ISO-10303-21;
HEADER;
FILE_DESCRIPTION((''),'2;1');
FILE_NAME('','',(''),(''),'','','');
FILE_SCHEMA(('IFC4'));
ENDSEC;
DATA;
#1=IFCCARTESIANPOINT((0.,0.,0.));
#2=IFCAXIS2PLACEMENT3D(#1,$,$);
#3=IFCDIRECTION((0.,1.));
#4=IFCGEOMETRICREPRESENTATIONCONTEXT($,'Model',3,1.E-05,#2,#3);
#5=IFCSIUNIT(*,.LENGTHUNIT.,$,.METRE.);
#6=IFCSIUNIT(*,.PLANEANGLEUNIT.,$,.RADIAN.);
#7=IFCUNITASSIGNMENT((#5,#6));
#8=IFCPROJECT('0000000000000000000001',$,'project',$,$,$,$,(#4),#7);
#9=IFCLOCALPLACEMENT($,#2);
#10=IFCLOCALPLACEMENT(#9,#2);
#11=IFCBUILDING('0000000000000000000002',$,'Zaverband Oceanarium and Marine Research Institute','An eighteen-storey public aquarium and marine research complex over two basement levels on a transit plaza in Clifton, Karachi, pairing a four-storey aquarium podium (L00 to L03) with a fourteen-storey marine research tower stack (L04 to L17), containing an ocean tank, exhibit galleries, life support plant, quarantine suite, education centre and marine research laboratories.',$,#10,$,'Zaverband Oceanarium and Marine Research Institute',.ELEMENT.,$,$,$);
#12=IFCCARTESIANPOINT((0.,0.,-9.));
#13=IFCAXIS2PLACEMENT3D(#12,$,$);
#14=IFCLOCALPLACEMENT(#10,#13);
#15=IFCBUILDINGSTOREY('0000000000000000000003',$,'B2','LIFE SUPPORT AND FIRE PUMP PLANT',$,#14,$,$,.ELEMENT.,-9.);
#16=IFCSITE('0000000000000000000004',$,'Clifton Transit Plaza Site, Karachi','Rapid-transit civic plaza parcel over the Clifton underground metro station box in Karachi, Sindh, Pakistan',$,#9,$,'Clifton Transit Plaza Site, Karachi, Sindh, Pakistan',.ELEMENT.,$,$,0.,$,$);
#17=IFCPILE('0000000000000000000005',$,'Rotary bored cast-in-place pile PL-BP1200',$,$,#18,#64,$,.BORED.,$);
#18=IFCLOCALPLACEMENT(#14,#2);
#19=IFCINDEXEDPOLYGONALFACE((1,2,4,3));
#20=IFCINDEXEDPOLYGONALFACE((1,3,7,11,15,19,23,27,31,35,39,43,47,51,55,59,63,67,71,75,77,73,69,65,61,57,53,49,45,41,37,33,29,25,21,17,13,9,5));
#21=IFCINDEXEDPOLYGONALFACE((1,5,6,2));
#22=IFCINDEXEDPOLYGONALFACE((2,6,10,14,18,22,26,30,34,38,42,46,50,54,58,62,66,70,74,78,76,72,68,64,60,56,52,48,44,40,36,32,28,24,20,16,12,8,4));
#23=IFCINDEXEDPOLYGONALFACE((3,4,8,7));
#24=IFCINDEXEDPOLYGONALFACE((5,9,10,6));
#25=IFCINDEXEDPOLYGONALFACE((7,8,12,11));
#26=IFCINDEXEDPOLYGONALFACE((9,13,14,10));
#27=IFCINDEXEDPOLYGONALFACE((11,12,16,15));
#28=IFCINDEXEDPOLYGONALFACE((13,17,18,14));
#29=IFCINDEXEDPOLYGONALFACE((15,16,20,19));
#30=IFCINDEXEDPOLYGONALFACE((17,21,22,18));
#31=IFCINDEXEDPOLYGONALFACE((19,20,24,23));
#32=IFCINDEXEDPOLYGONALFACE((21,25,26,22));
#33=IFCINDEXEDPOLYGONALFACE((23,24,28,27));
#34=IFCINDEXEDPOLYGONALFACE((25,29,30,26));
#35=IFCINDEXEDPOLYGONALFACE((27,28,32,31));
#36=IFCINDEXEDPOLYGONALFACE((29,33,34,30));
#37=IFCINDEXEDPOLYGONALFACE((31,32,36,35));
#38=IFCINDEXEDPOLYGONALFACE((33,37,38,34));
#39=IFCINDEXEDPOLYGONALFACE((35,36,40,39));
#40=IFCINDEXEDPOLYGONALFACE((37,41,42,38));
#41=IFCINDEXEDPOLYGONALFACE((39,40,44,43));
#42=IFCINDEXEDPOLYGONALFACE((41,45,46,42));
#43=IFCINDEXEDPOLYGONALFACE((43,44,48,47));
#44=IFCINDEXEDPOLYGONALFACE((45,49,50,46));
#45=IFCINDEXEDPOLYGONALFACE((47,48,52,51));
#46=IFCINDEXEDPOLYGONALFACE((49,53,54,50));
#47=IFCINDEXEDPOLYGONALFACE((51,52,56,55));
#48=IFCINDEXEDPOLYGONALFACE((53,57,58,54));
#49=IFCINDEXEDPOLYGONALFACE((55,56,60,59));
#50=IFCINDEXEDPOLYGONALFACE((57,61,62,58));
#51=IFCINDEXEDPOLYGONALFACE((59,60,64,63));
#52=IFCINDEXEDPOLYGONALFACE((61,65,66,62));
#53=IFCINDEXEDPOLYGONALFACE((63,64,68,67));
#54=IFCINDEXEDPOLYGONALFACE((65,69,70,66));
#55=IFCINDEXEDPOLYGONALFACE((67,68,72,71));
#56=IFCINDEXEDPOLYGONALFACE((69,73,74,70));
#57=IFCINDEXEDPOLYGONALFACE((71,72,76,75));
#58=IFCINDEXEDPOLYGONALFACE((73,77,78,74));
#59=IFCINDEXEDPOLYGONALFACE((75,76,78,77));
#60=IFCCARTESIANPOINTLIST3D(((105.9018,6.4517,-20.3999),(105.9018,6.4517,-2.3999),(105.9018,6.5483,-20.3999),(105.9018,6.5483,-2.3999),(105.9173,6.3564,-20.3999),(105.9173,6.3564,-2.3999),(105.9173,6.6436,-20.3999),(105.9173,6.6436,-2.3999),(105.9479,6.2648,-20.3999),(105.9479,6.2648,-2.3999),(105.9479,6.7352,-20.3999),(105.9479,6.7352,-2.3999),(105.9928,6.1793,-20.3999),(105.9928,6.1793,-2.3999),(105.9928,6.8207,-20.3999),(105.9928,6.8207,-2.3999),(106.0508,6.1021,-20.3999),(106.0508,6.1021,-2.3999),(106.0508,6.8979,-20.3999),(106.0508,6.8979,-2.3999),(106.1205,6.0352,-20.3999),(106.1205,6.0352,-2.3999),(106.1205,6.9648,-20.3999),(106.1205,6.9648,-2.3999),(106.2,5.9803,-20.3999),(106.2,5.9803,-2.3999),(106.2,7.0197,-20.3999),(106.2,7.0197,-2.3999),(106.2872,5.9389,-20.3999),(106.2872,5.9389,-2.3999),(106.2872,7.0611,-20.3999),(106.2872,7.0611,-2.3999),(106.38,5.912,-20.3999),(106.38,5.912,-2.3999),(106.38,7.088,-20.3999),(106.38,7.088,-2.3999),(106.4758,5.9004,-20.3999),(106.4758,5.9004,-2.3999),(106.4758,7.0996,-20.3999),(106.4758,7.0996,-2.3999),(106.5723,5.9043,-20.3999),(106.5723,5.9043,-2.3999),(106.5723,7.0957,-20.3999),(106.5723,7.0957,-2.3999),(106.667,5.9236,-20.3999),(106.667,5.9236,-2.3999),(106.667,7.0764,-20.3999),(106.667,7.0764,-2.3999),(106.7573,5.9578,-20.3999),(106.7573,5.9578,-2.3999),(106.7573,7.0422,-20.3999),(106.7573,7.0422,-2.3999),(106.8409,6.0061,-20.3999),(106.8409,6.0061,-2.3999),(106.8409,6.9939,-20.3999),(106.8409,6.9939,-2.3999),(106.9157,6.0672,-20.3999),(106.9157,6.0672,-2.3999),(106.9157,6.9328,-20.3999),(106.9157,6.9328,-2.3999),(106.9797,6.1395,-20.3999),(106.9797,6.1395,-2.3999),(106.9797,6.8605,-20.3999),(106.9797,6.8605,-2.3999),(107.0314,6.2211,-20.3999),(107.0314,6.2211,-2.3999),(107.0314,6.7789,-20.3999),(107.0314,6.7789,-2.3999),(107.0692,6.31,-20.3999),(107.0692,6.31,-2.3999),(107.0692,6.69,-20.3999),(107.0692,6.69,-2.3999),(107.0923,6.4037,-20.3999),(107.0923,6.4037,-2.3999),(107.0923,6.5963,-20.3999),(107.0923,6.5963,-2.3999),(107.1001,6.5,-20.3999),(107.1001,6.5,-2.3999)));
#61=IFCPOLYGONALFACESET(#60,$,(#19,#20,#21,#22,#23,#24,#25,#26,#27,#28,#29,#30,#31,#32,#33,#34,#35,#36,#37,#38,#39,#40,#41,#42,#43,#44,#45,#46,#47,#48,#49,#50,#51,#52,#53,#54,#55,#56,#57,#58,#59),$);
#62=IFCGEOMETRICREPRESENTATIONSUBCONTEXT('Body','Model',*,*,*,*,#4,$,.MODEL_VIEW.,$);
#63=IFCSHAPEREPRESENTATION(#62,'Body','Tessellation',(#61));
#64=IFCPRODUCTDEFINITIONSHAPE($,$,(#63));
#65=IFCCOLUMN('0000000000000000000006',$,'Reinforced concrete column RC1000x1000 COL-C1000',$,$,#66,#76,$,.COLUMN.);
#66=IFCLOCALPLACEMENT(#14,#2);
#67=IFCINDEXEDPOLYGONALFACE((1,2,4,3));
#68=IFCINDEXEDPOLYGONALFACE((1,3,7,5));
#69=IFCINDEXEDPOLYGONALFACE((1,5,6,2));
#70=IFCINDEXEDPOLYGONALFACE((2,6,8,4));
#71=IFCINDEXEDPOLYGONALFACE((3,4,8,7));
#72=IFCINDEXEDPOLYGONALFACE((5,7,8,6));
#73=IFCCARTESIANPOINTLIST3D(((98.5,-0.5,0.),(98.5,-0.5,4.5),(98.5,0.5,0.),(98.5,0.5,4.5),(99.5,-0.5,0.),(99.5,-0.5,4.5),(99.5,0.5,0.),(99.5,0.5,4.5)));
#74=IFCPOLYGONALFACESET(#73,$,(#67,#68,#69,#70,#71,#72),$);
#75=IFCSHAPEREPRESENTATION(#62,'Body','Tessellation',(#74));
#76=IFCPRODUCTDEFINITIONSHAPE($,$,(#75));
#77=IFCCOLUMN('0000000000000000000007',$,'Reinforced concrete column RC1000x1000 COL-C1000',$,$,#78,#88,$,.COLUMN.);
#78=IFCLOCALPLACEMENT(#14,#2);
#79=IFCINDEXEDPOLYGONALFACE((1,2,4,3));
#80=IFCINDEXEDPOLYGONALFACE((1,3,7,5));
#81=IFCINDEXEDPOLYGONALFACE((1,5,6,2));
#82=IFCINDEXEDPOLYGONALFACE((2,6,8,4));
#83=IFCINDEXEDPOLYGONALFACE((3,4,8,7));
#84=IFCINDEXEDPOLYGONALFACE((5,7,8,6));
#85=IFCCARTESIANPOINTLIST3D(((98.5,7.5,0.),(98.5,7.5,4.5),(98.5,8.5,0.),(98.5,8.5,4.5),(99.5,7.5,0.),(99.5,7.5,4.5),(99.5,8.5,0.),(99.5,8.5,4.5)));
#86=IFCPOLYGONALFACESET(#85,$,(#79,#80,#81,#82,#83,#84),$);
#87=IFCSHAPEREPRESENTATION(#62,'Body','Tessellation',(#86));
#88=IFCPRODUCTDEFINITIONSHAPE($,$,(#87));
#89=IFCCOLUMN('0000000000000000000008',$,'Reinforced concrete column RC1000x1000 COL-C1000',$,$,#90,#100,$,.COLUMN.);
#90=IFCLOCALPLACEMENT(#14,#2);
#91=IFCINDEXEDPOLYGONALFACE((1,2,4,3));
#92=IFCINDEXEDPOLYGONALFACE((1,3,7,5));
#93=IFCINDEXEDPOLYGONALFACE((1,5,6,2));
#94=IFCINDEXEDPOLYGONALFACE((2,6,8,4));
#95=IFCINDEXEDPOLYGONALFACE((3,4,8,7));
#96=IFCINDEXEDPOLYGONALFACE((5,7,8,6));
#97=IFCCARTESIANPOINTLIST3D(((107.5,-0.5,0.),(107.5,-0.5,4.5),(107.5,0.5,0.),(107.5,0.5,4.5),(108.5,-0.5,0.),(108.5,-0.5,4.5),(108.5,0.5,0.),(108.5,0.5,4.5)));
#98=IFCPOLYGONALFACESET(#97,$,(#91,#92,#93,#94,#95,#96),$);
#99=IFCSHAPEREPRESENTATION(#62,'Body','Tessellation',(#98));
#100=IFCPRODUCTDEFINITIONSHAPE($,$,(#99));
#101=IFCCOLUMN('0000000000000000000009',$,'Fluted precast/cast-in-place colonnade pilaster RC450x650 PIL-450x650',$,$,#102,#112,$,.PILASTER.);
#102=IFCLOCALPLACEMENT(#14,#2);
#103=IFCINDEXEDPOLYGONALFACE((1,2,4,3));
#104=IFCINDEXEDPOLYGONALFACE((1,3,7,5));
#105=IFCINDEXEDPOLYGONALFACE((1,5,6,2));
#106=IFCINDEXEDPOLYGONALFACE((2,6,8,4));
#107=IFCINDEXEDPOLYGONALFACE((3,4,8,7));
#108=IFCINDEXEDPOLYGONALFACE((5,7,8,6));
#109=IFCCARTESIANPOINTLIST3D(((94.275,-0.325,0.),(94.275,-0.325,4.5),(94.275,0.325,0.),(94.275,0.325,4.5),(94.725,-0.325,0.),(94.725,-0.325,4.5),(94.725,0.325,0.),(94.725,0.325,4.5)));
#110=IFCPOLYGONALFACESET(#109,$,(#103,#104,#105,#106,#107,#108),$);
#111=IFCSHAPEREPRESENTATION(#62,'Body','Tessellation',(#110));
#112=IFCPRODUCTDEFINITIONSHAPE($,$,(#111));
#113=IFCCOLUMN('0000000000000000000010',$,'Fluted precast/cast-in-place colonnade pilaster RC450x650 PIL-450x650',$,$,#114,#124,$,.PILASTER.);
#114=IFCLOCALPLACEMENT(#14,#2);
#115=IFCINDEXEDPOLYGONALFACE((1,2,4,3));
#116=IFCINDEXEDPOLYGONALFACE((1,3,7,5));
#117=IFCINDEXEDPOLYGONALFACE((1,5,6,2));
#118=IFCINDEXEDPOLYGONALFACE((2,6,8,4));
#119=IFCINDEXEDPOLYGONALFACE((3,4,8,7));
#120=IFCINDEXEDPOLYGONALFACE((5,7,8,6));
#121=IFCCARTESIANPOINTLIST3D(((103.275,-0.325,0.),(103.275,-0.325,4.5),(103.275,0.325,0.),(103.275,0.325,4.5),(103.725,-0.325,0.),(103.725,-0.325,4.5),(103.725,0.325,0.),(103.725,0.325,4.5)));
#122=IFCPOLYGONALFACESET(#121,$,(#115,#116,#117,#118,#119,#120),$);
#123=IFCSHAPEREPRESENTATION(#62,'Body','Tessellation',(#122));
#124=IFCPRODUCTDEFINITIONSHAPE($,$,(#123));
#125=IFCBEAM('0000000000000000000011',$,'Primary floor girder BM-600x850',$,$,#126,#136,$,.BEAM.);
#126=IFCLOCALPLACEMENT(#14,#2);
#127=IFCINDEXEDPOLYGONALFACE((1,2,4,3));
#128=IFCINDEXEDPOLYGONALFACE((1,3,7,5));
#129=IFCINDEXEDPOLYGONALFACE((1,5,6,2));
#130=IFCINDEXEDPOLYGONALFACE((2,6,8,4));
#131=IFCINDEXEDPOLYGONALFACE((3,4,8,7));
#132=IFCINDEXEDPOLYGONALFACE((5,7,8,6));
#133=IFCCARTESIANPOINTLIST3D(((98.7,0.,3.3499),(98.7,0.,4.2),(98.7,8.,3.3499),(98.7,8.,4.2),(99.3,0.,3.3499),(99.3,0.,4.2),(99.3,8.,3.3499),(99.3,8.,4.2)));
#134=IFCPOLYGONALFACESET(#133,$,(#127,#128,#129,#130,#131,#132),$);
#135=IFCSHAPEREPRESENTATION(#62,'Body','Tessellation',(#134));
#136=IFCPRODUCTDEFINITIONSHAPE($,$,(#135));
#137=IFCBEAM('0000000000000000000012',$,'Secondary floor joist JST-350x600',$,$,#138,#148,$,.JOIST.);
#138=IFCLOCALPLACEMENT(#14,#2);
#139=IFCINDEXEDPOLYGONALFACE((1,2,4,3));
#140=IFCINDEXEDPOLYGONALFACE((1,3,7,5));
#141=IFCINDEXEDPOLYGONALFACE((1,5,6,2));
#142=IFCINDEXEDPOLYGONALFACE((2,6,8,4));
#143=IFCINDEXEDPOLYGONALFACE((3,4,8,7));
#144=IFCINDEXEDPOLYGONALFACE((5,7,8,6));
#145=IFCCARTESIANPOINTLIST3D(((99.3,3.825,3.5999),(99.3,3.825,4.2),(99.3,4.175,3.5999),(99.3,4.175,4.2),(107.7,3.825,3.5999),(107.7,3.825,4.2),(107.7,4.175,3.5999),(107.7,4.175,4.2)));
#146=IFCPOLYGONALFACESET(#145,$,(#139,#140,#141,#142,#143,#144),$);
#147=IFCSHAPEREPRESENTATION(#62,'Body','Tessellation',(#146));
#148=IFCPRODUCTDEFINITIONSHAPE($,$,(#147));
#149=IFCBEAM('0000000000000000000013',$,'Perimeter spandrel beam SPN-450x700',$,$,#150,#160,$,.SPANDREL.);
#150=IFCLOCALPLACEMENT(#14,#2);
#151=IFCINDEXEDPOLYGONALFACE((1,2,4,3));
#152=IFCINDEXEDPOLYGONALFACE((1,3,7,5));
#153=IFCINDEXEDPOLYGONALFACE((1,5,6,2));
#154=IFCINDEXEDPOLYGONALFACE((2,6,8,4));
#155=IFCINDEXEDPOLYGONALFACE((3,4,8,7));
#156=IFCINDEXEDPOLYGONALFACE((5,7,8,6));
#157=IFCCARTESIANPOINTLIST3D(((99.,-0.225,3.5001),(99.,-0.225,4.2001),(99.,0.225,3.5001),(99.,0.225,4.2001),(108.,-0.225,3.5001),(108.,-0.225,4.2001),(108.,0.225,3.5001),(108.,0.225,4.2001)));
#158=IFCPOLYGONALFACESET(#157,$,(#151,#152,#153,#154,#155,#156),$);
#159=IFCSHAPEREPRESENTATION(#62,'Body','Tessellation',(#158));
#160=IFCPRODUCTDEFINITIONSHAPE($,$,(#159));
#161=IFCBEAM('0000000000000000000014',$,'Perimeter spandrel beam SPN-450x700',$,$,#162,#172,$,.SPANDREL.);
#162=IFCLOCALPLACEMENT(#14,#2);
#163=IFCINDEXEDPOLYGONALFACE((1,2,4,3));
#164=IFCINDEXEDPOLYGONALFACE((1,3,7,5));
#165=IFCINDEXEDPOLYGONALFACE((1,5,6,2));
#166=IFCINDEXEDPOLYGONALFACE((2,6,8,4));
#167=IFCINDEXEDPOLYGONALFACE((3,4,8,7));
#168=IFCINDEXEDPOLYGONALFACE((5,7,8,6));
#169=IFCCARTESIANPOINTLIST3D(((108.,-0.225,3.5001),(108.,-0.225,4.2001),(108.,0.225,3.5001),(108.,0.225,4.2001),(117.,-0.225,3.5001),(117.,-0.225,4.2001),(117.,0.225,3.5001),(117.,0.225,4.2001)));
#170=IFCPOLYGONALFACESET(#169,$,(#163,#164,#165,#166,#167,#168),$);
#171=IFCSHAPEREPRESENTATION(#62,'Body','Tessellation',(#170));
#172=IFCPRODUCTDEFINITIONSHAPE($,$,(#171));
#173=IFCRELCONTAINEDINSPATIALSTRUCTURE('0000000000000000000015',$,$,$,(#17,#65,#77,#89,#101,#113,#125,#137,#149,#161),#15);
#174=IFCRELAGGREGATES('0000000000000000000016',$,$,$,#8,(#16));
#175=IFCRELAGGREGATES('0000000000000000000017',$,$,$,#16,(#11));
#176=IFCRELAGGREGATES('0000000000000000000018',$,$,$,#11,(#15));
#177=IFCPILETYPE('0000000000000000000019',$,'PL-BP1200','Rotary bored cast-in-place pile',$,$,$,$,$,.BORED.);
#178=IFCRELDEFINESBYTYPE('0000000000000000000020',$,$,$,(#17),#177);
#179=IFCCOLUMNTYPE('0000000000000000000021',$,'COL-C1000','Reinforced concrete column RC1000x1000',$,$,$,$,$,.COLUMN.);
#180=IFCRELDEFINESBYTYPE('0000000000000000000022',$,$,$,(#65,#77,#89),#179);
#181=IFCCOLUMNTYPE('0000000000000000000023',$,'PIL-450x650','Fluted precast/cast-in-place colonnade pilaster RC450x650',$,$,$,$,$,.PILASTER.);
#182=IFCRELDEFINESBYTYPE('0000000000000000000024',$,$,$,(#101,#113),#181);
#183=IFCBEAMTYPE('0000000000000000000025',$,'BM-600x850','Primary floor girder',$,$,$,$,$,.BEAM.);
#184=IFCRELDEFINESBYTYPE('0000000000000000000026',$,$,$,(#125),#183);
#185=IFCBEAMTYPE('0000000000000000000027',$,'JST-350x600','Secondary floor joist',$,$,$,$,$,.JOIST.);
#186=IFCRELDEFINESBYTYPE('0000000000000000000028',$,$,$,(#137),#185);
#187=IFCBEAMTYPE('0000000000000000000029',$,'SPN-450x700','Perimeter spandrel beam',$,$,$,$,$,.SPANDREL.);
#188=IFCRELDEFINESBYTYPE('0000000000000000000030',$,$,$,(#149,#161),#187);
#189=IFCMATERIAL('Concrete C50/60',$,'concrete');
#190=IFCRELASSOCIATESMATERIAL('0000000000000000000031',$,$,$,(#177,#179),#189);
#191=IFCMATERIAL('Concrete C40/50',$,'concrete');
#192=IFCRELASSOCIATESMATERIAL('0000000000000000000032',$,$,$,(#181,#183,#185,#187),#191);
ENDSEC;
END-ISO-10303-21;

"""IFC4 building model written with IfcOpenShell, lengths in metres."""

from ifc_helpers import new_model, si_unit, direction, frame, origin, origin_2d, place, context, subcontext, project, spatial, rectangle, circle, extrude, material, material_profile, profile_set, type_object, element, save


model = new_model("IFC4")

# Units and contexts
model_context = context("Model", 3, precision=1e-05, world=origin(), true_north=direction((0.0, 1.0)))
body_context = subcontext(model_context, "Body", "Model", "MODEL_VIEW")
ifc_project = project(units=[si_unit("LENGTHUNIT", "METRE"), si_unit("PLANEANGLEUNIT", "RADIAN")], contexts=[model_context])

# Site, building, storey
site_placement = place(None, origin())
site = spatial("IfcSite", under=ifc_project, at=site_placement, Name="Clifton Transit Plaza Site, Karachi", Description="Rapid-transit civic plaza parcel over the Clifton underground metro station box in Karachi, Sindh, Pakistan", LongName="Clifton Transit Plaza Site, Karachi, Sindh, Pakistan", CompositionType="ELEMENT", RefElevation=0.0)
building_placement = place(site_placement, origin())
building = spatial("IfcBuilding", under=site, at=building_placement, Name="Zaverband Oceanarium and Marine Research Institute", Description="An eighteen-storey public aquarium and marine research complex over two basement levels on a transit plaza in Clifton, Karachi, pairing a four-storey aquarium podium (L00 to L03) with a fourteen-storey marine research tower stack (L04 to L17), containing an ocean tank, exhibit galleries, life support plant, quarantine suite, education centre and marine research laboratories.", LongName="Zaverband Oceanarium and Marine Research Institute", CompositionType="ELEMENT")
storey_placement = place(building_placement, frame((0.0, 0.0, -9.0)))
storey = spatial("IfcBuildingStorey", under=building, at=storey_placement, Name="B2", Description="LIFE SUPPORT AND FIRE PUMP PLANT", CompositionType="ELEMENT", Elevation=-9.0)

# Shared definitions
ifc_material_1 = material(Name="Concrete C50/60", Category="concrete")
ifc_material_2 = material(Name="Concrete C40/50", Category="concrete")

# Pile
ifc_material_profile_1 = material_profile(ifc_material_1, circle(Radius=0.6001, at=origin_2d()), Name="BP1200")
ifc_profile_set_1 = profile_set([ifc_material_profile_1], Name="Concrete C50/60")
pile_type_1 = type_object("IfcPileType", Name="PL-BP1200", Description="Rotary bored cast-in-place pile", PredefinedType="BORED", material=ifc_profile_set_1)
for number, where, z_axis, x_axis, name in (
    (1, (106.5, 6.5, -2.3999), (0.0, 0.0, -1.0), (1.0, 0.0, 0.0), "Rotary bored cast-in-place pile PL-BP1200"),
):
    element("IfcPile", number, at=place(storey_placement, frame(where, z_axis=z_axis, x_axis=x_axis)), inside=storey, type_object=pile_type_1, Name=name, PredefinedType="BORED", context=body_context, shape_type="SweptSolid", body=[
        extrude(circle(Radius=0.6001, at=origin_2d()), origin(), (0.0, 0.0, 1.0), 18.0),
    ])

# Columns
ifc_material_profile_2 = material_profile(ifc_material_1, rectangle(XDim=1.0, YDim=1.0, at=origin_2d()), Name="RC1000x1000")
ifc_profile_set_2 = profile_set([ifc_material_profile_2], Name="Concrete C50/60")
column_type_1 = type_object("IfcColumnType", Name="COL-C1000", Description="Reinforced concrete column RC1000x1000", PredefinedType="COLUMN", material=ifc_profile_set_2)
for number, where, z_axis, x_axis, name in (
    (2, (99.0, 0.0, 0.0), (0.0, 0.0, 1.0), (1.0, 0.0, 0.0), "Reinforced concrete column RC1000x1000 COL-C1000"),
    (3, (99.0, 8.0, 0.0), (0.0, 0.0, 1.0), (1.0, 0.0, 0.0), "Reinforced concrete column RC1000x1000 COL-C1000"),
    (4, (108.0, 0.0, 0.0), (0.0, 0.0, 1.0), (1.0, 0.0, 0.0), "Reinforced concrete column RC1000x1000 COL-C1000"),
):
    element("IfcColumn", number, at=place(storey_placement, frame(where, z_axis=z_axis, x_axis=x_axis)), inside=storey, type_object=column_type_1, Name=name, PredefinedType="COLUMN", context=body_context, shape_type="SweptSolid", body=[
        extrude(rectangle(XDim=1.0, YDim=1.0, at=origin_2d()), origin(), (0.0, 0.0, 1.0), 4.5),
    ])
ifc_material_profile_3 = material_profile(ifc_material_2, rectangle(XDim=0.45, YDim=0.6499, at=origin_2d()), Name="RC450x650")
ifc_profile_set_3 = profile_set([ifc_material_profile_3], Name="Concrete C40/50")
column_type_2 = type_object("IfcColumnType", Name="PIL-450x650", Description="Fluted precast/cast-in-place colonnade pilaster RC450x650", PredefinedType="PILASTER", material=ifc_profile_set_3)
for number, where, z_axis, x_axis, name in (
    (5, (94.5, 0.0, 0.0), (0.0, 0.0, 1.0), (1.0, 0.0, 0.0), "Fluted precast/cast-in-place colonnade pilaster RC450x650 PIL-450x650"),
    (6, (103.5, 0.0, 0.0), (0.0, 0.0, 1.0), (1.0, 0.0, 0.0), "Fluted precast/cast-in-place colonnade pilaster RC450x650 PIL-450x650"),
):
    element("IfcColumn", number, at=place(storey_placement, frame(where, z_axis=z_axis, x_axis=x_axis)), inside=storey, type_object=column_type_2, Name=name, PredefinedType="PILASTER", context=body_context, shape_type="SweptSolid", body=[
        extrude(rectangle(XDim=0.45, YDim=0.6499, at=origin_2d()), origin(), (0.0, 0.0, 1.0), 4.5),
    ])

# Beams
ifc_material_profile_4 = material_profile(ifc_material_2, rectangle(XDim=0.6001, YDim=0.8501, at=origin_2d()), Name="RC600x850")
ifc_profile_set_4 = profile_set([ifc_material_profile_4], Name="Concrete C40/50")
beam_type_1 = type_object("IfcBeamType", Name="BM-600x850", Description="Primary floor girder", PredefinedType="BEAM", material=ifc_profile_set_4)
beam_1_placement = place(storey_placement, frame((99.0, 0.0, 3.7749), z_axis=(0.0, 1.0, 0.0), x_axis=(-1.0, 0.0, 0.0)))
element("IfcBeam", 7, at=beam_1_placement, inside=storey, type_object=beam_type_1, Name="Primary floor girder BM-600x850", PredefinedType="BEAM", context=body_context, shape_type="SweptSolid", body=[
    extrude(rectangle(XDim=0.6001, YDim=0.8501, at=origin_2d()), origin(), (0.0, 0.0, 1.0), 8.0),
])
ifc_material_profile_5 = material_profile(ifc_material_2, rectangle(XDim=0.3501, YDim=0.6001, at=origin_2d()), Name="RC350x600")
ifc_profile_set_5 = profile_set([ifc_material_profile_5], Name="Concrete C40/50")
beam_type_2 = type_object("IfcBeamType", Name="JST-350x600", Description="Secondary floor joist", PredefinedType="JOIST", material=ifc_profile_set_5)
beam_2_placement = place(storey_placement, frame((99.3, 4.0, 3.8999), z_axis=(1.0, 0.0, 0.0), x_axis=(0.0, 1.0, 0.0)))
element("IfcBeam", 8, at=beam_2_placement, inside=storey, type_object=beam_type_2, Name="Secondary floor joist JST-350x600", PredefinedType="JOIST", context=body_context, shape_type="SweptSolid", body=[
    extrude(rectangle(XDim=0.3501, YDim=0.6001, at=origin_2d()), origin(), (0.0, 0.0, 1.0), 8.3999),
])
ifc_material_profile_6 = material_profile(ifc_material_2, rectangle(XDim=0.45, YDim=0.7, at=origin_2d()), Name="RC450x700")
ifc_profile_set_6 = profile_set([ifc_material_profile_6], Name="Concrete C40/50")
beam_type_3 = type_object("IfcBeamType", Name="SPN-450x700", Description="Perimeter spandrel beam", PredefinedType="SPANDREL", material=ifc_profile_set_6)
for number, where, z_axis, x_axis, name in (
    (9, (99.0, 0.0, 3.8501), (1.0, 0.0, 0.0), (0.0, 1.0, 0.0), "Perimeter spandrel beam SPN-450x700"),
    (10, (108.0, 0.0, 3.8501), (1.0, 0.0, 0.0), (0.0, 1.0, 0.0), "Perimeter spandrel beam SPN-450x700"),
):
    element("IfcBeam", number, at=place(storey_placement, frame(where, z_axis=z_axis, x_axis=x_axis)), inside=storey, type_object=beam_type_3, Name=name, PredefinedType="SPANDREL", context=body_context, shape_type="SweptSolid", body=[
        extrude(rectangle(XDim=0.45, YDim=0.7, at=origin_2d()), origin(), (0.0, 0.0, 1.0), 9.0),
    ])

save(model, "model.ifc")
